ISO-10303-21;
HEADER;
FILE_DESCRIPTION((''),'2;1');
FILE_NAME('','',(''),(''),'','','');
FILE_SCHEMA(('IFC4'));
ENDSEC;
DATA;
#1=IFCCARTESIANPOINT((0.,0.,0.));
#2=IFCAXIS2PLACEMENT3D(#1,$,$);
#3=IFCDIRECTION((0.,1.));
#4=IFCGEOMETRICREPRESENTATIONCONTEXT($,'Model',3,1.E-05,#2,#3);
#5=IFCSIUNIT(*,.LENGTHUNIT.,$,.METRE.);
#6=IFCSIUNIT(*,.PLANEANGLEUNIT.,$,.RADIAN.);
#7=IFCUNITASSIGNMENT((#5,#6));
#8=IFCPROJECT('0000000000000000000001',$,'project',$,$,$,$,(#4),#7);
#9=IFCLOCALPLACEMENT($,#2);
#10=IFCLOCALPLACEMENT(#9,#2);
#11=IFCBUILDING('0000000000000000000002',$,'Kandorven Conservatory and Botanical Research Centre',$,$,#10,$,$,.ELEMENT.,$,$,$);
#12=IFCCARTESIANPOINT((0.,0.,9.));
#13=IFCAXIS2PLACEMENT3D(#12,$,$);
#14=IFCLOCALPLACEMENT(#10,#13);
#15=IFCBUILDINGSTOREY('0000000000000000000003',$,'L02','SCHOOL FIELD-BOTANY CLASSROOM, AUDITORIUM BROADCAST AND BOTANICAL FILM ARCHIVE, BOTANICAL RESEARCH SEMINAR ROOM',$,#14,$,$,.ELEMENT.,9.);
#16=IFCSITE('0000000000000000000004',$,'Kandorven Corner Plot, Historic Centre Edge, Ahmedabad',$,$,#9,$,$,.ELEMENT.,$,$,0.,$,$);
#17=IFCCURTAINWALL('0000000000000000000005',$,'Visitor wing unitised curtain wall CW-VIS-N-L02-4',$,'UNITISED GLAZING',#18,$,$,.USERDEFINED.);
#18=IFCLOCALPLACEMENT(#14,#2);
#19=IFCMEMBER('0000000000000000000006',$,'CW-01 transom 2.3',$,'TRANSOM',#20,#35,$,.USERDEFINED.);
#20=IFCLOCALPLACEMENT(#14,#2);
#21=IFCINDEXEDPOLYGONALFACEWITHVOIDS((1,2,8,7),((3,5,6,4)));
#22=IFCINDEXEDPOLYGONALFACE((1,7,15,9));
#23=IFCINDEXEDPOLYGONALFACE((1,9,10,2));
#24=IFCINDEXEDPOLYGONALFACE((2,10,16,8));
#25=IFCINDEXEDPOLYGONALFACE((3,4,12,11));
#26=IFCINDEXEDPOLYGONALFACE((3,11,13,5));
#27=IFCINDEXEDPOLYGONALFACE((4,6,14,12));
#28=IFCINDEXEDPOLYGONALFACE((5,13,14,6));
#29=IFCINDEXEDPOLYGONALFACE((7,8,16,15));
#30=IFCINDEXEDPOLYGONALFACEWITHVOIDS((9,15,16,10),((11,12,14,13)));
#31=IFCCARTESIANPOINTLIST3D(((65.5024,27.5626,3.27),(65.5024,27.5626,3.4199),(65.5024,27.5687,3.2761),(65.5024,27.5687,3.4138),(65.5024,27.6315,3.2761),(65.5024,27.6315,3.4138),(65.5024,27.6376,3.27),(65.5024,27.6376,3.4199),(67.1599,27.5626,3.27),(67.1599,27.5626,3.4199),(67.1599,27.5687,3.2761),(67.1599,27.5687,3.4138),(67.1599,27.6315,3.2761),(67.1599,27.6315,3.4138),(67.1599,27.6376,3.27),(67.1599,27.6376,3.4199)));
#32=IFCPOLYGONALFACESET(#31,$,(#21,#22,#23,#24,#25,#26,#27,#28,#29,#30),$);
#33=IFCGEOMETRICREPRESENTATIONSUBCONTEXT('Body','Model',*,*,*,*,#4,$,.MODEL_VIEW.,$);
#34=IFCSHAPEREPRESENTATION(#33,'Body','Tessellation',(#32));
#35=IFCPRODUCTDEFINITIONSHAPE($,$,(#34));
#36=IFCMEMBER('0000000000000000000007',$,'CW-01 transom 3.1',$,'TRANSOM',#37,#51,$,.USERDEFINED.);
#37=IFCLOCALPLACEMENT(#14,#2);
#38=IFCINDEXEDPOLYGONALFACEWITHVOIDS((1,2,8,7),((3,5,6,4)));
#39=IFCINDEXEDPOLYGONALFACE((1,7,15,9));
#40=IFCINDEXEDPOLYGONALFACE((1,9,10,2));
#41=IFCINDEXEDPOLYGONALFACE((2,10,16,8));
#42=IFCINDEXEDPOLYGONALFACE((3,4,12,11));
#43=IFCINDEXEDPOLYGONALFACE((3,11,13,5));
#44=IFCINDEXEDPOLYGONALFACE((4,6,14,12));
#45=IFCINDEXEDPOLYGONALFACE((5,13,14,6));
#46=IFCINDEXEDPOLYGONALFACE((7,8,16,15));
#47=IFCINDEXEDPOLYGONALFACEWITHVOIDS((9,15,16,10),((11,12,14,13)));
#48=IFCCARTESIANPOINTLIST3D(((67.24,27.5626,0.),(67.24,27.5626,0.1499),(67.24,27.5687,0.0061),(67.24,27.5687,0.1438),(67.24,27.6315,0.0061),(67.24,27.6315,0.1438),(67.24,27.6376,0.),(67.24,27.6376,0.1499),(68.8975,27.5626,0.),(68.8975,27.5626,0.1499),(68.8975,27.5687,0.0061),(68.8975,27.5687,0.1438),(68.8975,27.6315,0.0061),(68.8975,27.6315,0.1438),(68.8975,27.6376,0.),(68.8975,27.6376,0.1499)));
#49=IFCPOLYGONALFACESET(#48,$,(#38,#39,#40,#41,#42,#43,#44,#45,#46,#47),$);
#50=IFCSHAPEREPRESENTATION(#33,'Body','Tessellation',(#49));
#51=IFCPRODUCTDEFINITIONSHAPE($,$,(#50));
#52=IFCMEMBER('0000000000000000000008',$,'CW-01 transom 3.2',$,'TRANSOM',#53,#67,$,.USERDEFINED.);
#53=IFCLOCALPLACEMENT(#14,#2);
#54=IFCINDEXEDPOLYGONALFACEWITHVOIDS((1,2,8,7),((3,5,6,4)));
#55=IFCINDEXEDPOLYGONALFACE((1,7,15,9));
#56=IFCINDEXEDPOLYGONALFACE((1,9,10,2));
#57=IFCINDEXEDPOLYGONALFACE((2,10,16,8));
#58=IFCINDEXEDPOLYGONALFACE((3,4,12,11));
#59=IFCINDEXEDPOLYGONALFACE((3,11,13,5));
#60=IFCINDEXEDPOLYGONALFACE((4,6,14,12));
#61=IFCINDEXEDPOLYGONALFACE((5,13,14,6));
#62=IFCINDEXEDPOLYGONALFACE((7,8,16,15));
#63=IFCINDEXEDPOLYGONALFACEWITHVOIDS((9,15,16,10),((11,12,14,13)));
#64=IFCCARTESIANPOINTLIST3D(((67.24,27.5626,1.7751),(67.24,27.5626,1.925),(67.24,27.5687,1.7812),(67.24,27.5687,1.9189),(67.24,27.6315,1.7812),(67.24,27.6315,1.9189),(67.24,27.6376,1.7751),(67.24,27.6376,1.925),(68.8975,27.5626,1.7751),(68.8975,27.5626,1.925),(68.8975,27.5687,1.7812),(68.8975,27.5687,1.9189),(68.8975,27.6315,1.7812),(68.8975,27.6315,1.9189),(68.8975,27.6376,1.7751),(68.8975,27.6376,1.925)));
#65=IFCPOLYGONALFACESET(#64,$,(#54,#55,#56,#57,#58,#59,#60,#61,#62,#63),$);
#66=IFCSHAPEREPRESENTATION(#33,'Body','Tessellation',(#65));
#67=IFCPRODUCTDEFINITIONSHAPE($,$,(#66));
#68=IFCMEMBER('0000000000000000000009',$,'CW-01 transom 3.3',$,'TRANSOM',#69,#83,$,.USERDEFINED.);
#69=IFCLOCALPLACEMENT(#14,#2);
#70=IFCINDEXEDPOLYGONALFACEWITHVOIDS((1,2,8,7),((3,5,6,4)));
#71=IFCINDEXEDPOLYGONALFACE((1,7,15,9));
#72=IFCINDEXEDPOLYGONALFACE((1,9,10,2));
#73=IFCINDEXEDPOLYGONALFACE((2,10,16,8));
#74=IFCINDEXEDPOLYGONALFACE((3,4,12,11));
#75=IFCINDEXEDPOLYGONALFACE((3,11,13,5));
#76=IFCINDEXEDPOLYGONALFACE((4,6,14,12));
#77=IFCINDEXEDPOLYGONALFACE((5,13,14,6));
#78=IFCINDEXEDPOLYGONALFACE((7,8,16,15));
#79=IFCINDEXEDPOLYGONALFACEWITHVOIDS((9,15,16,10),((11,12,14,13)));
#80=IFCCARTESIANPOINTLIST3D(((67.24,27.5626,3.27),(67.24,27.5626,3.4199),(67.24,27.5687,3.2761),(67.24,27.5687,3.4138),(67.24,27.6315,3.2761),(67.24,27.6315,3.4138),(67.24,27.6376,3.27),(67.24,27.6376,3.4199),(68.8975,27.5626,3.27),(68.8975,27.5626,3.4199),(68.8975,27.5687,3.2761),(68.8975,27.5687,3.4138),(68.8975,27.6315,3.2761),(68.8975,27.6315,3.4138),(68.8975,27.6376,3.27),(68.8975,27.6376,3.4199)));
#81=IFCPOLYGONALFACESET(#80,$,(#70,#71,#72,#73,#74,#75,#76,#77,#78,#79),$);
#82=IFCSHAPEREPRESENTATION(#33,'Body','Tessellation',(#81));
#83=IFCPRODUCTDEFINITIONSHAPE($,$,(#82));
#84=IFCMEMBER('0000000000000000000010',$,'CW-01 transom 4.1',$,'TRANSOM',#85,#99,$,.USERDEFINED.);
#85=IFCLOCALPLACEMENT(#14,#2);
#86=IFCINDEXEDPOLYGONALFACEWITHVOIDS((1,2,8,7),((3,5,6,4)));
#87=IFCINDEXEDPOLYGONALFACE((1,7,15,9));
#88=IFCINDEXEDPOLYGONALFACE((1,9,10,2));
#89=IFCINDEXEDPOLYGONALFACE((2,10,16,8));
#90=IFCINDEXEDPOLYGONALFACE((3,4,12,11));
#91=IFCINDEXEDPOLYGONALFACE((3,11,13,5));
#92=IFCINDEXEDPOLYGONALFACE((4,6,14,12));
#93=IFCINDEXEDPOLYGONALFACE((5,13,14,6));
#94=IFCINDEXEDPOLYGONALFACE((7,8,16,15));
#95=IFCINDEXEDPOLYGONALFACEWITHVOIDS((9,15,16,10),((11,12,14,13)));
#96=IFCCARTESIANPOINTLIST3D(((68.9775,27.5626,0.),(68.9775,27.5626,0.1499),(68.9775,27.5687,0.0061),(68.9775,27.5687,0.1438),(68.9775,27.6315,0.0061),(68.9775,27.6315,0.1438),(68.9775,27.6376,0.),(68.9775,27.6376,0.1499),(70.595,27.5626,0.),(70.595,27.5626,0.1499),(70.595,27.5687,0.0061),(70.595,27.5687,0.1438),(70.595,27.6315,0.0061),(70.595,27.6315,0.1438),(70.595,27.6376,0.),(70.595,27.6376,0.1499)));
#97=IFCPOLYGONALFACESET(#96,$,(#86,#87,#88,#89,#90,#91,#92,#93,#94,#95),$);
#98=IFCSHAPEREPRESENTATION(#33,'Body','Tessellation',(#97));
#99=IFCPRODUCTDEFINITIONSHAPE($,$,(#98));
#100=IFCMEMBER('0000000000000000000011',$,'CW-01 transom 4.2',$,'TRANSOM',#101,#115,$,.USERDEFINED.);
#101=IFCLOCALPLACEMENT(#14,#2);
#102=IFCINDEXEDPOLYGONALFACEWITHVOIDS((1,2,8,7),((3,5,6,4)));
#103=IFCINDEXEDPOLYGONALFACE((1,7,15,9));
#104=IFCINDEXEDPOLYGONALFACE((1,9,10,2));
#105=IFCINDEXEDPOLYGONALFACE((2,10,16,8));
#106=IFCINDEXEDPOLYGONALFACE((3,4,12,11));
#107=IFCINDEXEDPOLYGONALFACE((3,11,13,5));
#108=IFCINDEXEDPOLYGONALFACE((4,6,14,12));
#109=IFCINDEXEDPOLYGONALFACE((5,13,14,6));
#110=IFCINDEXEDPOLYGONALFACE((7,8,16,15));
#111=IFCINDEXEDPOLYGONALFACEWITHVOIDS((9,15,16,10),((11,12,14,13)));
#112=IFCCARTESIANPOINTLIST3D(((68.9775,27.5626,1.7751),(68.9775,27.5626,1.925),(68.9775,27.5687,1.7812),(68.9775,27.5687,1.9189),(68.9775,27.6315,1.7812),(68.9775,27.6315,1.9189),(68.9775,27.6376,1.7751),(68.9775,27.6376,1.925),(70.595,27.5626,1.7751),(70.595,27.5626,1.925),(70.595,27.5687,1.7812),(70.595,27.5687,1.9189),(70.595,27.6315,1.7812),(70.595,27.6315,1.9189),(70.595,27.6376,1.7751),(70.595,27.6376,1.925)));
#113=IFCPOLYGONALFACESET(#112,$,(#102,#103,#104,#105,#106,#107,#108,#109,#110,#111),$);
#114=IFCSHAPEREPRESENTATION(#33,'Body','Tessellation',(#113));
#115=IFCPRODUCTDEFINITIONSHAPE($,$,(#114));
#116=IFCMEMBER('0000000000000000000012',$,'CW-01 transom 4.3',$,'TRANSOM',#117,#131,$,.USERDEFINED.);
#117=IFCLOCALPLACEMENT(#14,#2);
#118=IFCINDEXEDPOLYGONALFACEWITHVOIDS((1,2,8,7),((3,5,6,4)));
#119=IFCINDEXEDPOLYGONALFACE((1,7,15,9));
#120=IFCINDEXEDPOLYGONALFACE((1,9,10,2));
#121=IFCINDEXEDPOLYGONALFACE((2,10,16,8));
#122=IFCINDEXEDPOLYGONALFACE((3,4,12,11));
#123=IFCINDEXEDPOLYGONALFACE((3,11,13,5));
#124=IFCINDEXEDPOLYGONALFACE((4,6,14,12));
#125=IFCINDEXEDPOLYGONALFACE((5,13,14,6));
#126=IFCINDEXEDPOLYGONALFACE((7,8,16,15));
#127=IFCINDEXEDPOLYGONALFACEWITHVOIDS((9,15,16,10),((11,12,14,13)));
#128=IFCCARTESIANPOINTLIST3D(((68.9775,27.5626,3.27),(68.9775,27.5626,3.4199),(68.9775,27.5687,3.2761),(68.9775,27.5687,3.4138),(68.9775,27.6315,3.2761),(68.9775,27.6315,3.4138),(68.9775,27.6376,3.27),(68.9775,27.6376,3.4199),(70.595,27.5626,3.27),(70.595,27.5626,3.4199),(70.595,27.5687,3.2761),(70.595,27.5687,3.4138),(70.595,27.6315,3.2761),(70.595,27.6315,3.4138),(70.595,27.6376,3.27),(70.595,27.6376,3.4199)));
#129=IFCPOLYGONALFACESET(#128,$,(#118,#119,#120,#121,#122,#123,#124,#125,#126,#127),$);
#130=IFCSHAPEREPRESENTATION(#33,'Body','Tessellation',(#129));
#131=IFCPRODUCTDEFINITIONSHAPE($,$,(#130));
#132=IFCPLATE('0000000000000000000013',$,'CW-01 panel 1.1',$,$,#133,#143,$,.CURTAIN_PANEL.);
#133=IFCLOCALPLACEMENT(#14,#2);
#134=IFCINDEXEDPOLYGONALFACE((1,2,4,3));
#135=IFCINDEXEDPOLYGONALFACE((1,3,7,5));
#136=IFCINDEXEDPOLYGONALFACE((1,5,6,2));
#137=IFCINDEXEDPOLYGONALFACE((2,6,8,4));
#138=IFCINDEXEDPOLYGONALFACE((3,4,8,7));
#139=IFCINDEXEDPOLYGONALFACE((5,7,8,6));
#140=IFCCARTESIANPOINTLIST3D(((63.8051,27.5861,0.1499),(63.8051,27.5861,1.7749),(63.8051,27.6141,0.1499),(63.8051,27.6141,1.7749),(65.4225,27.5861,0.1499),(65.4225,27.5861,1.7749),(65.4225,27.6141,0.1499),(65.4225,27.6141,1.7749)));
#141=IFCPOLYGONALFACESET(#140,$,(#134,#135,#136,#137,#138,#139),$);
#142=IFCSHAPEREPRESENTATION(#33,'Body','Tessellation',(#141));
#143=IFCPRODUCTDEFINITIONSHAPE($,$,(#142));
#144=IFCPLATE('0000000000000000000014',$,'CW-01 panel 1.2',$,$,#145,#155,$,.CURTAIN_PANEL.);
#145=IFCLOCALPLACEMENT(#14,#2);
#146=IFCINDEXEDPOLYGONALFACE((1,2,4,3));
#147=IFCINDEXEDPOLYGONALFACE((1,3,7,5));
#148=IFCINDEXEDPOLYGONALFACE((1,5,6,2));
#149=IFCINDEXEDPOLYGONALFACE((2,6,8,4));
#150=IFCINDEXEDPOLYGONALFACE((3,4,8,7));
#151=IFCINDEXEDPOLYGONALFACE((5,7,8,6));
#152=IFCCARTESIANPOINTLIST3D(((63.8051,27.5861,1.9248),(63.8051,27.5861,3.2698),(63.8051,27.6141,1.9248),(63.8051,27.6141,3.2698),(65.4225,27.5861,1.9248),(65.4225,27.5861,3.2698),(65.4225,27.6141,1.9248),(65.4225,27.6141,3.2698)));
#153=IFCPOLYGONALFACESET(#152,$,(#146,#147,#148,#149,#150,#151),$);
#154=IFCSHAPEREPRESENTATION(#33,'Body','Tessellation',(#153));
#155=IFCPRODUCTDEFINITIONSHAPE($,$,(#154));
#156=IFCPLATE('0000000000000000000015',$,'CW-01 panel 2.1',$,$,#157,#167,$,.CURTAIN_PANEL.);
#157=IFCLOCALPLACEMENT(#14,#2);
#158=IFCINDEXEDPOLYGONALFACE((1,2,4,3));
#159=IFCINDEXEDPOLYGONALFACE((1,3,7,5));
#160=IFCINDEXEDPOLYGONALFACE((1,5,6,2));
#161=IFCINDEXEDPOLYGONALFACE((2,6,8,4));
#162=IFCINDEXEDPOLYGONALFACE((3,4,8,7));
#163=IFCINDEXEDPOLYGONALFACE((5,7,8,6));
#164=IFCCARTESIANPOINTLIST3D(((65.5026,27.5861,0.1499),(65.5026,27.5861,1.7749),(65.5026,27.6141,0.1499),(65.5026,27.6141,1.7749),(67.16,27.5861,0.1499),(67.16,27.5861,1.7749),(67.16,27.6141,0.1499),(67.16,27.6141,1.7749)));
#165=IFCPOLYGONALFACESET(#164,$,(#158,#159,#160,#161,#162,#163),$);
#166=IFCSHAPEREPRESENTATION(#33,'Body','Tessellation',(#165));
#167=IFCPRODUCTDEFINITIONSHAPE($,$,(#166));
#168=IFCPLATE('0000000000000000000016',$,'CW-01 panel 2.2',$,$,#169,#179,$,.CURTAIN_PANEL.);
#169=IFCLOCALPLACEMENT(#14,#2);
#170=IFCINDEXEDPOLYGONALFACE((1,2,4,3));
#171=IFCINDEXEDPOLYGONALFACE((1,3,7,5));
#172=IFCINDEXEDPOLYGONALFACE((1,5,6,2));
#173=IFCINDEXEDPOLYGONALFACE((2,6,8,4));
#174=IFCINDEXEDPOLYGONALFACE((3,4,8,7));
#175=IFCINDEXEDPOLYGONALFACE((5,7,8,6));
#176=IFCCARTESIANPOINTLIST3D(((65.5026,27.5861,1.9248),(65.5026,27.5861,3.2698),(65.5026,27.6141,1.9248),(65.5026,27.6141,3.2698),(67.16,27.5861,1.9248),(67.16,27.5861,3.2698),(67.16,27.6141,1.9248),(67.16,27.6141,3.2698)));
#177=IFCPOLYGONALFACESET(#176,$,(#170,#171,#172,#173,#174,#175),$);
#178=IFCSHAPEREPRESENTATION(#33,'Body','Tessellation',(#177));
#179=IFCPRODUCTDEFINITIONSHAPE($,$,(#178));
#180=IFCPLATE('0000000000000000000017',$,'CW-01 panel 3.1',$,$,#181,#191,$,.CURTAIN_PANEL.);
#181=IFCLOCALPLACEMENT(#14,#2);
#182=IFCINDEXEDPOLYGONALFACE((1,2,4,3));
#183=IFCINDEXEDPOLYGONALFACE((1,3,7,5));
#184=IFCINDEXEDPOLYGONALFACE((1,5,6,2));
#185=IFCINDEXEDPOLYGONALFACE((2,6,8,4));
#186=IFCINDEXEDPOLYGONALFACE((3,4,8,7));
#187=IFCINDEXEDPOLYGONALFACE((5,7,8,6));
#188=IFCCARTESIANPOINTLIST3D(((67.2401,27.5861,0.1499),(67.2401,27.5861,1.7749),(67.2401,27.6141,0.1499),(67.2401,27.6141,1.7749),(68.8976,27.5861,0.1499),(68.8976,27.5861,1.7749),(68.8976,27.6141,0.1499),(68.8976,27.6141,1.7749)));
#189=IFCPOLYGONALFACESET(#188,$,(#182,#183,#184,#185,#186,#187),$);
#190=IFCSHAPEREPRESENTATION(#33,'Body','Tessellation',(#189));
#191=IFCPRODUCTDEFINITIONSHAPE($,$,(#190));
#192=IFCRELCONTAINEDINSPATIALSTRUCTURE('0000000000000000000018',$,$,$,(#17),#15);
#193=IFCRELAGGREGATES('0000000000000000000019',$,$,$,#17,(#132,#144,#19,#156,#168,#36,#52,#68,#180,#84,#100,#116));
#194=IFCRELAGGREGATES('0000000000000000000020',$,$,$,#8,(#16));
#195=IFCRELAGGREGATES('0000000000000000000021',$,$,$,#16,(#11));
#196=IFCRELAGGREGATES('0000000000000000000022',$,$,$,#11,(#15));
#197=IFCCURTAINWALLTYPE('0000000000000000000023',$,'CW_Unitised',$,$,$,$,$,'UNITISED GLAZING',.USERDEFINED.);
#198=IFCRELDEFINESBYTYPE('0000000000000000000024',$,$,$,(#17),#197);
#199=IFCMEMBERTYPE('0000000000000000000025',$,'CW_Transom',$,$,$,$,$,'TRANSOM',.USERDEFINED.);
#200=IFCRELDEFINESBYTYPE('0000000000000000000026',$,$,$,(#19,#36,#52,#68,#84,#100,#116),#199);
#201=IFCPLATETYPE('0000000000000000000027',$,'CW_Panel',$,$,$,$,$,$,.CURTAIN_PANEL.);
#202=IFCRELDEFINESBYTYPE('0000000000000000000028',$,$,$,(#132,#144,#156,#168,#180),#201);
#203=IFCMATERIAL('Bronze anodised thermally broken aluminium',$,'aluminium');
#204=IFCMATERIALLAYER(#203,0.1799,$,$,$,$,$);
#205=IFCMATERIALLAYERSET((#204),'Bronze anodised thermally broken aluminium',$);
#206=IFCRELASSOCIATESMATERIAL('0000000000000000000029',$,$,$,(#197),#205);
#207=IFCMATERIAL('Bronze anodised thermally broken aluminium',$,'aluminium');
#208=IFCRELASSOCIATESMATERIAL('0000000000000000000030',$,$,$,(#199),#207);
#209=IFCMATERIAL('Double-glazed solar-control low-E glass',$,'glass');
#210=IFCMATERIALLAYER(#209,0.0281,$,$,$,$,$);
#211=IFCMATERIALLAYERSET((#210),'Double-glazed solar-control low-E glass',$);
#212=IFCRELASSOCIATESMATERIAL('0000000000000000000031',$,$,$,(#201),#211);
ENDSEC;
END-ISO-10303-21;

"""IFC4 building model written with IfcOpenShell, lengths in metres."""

from ifc_helpers import new_model, si_unit, direction, frame, origin, origin_2d, place, context, subcontext, project, spatial, rectangle, hollow_rectangle, extrude, material, layer, layer_set, material_profile, profile_set, type_object, element, aggregate, save


model = new_model("IFC4")

# Units and contexts
model_context = context("Model", 3, precision=1e-05, world=origin(), true_north=direction((0.0, 1.0)))
body_context = subcontext(model_context, "Body", "Model", "MODEL_VIEW")
ifc_project = project(units=[si_unit("LENGTHUNIT", "METRE"), si_unit("PLANEANGLEUNIT", "RADIAN")], contexts=[model_context])

# Site, building, storey
site_placement = place(None, origin())
site = spatial("IfcSite", under=ifc_project, at=site_placement, Name="Kandorven Corner Plot, Historic Centre Edge, Ahmedabad", CompositionType="ELEMENT", RefElevation=0.0)
building_placement = place(site_placement, origin())
building = spatial("IfcBuilding", under=site, at=building_placement, Name="Kandorven Conservatory and Botanical Research Centre", CompositionType="ELEMENT")
storey_placement = place(building_placement, frame((0.0, 0.0, 9.0)))
storey = spatial("IfcBuildingStorey", under=building, at=storey_placement, Name="L02", Description="SCHOOL FIELD-BOTANY CLASSROOM, AUDITORIUM BROADCAST AND BOTANICAL FILM ARCHIVE, BOTANICAL RESEARCH SEMINAR ROOM", CompositionType="ELEMENT", Elevation=9.0)

# Curtain wall, members, plates
ifc_material_1 = material(Name="Bronze anodised thermally broken aluminium", Category="aluminium")
ifc_layer_1 = layer(ifc_material_1, 0.1799)
ifc_layer_set_1 = layer_set([ifc_layer_1], Name="Bronze anodised thermally broken aluminium")
curtain_wall_type = type_object("IfcCurtainWallType", Name="CW_Unitised", ElementType="UNITISED GLAZING", PredefinedType="USERDEFINED", material=ifc_layer_set_1)
curtain_wall_placement = place(storey_placement, origin())
curtain_wall = element("IfcCurtainWall", 1, at=curtain_wall_placement, inside=storey, type_object=curtain_wall_type, Name="Visitor wing unitised curtain wall CW-VIS-N-L02-4", ObjectType="UNITISED GLAZING", PredefinedType="USERDEFINED")
ifc_material_2 = material(Name="Bronze anodised thermally broken aluminium", Category="aluminium")
ifc_material_profile_1 = material_profile(ifc_material_2, hollow_rectangle(XDim=0.075, YDim=0.1499, WallThickness=0.0061, at=origin_2d()))
ifc_profile_set_1 = profile_set([ifc_material_profile_1], Name="Bronze anodised thermally broken aluminium")
member_type_1 = type_object("IfcMemberType", Name="CW_Transom", ElementType="TRANSOM", PredefinedType="USERDEFINED", material=ifc_profile_set_1)
member_1_placement = place(storey_placement, frame((65.5024, 27.6001, 3.345), z_axis=(1.0, 0.0, 0.0), x_axis=(0.0, 1.0, 0.0)))
member_1 = element("IfcMember", 2, at=member_1_placement, type_object=member_type_1, Name="CW-01 transom 2.3", ObjectType="TRANSOM", PredefinedType="USERDEFINED", context=body_context, shape_type="SweptSolid", body=[
    extrude(hollow_rectangle(XDim=0.075, YDim=0.1499, WallThickness=0.0061, at=origin_2d()), origin(), (0.0, 0.0, 1.0), 1.6575),
])
member_2_placement = place(storey_placement, frame((67.24, 27.6001, 0.075), z_axis=(1.0, 0.0, 0.0), x_axis=(0.0, 1.0, 0.0)))
member_2 = element("IfcMember", 3, at=member_2_placement, type_object=member_type_1, Name="CW-01 transom 3.1", ObjectType="TRANSOM", PredefinedType="USERDEFINED", context=body_context, shape_type="SweptSolid", body=[
    extrude(hollow_rectangle(XDim=0.075, YDim=0.1499, WallThickness=0.0061, at=origin_2d()), origin(), (0.0, 0.0, 1.0), 1.6575),
])
member_3_placement = place(storey_placement, frame((67.24, 27.6001, 1.8501), z_axis=(1.0, 0.0, 0.0), x_axis=(0.0, 1.0, 0.0)))
member_3 = element("IfcMember", 4, at=member_3_placement, type_object=member_type_1, Name="CW-01 transom 3.2", ObjectType="TRANSOM", PredefinedType="USERDEFINED", context=body_context, shape_type="SweptSolid", body=[
    extrude(hollow_rectangle(XDim=0.075, YDim=0.1499, WallThickness=0.0061, at=origin_2d()), origin(), (0.0, 0.0, 1.0), 1.6575),
])
member_4_placement = place(storey_placement, frame((67.24, 27.6001, 3.345), z_axis=(1.0, 0.0, 0.0), x_axis=(0.0, 1.0, 0.0)))
member_4 = element("IfcMember", 5, at=member_4_placement, type_object=member_type_1, Name="CW-01 transom 3.3", ObjectType="TRANSOM", PredefinedType="USERDEFINED", context=body_context, shape_type="SweptSolid", body=[
    extrude(hollow_rectangle(XDim=0.075, YDim=0.1499, WallThickness=0.0061, at=origin_2d()), origin(), (0.0, 0.0, 1.0), 1.6575),
])
member_5_placement = place(storey_placement, frame((68.9775, 27.6001, 0.075), z_axis=(1.0, 0.0, 0.0), x_axis=(0.0, 1.0, 0.0)))
member_5 = element("IfcMember", 6, at=member_5_placement, type_object=member_type_1, Name="CW-01 transom 4.1", ObjectType="TRANSOM", PredefinedType="USERDEFINED", context=body_context, shape_type="SweptSolid", body=[
    extrude(hollow_rectangle(XDim=0.075, YDim=0.1499, WallThickness=0.0061, at=origin_2d()), origin(), (0.0, 0.0, 1.0), 1.6174),
])
member_6_placement = place(storey_placement, frame((68.9775, 27.6001, 1.8501), z_axis=(1.0, 0.0, 0.0), x_axis=(0.0, 1.0, 0.0)))
member_6 = element("IfcMember", 7, at=member_6_placement, type_object=member_type_1, Name="CW-01 transom 4.2", ObjectType="TRANSOM", PredefinedType="USERDEFINED", context=body_context, shape_type="SweptSolid", body=[
    extrude(hollow_rectangle(XDim=0.075, YDim=0.1499, WallThickness=0.0061, at=origin_2d()), origin(), (0.0, 0.0, 1.0), 1.6174),
])
member_7_placement = place(storey_placement, frame((68.9775, 27.6001, 3.345), z_axis=(1.0, 0.0, 0.0), x_axis=(0.0, 1.0, 0.0)))
member_7 = element("IfcMember", 8, at=member_7_placement, type_object=member_type_1, Name="CW-01 transom 4.3", ObjectType="TRANSOM", PredefinedType="USERDEFINED", context=body_context, shape_type="SweptSolid", body=[
    extrude(hollow_rectangle(XDim=0.075, YDim=0.1499, WallThickness=0.0061, at=origin_2d()), origin(), (0.0, 0.0, 1.0), 1.6174),
])
ifc_material_3 = material(Name="Double-glazed solar-control low-E glass", Category="glass")
ifc_layer_2 = layer(ifc_material_3, 0.0281)
ifc_layer_set_2 = layer_set([ifc_layer_2], Name="Double-glazed solar-control low-E glass")
plate_type = type_object("IfcPlateType", Name="CW_Panel", PredefinedType="CURTAIN_PANEL", material=ifc_layer_set_2)
plate_1_placement = place(storey_placement, frame((64.6138, 27.6001, 0.1499), z_axis=(0.0, 0.0, 1.0), x_axis=(1.0, 0.0, 0.0)))
plate_1 = element("IfcPlate", 9, at=plate_1_placement, type_object=plate_type, Name="CW-01 panel 1.1", PredefinedType="CURTAIN_PANEL", context=body_context, shape_type="SweptSolid", body=[
    extrude(rectangle(XDim=1.6174, YDim=0.0281, at=origin_2d()), origin(), (0.0, 0.0, 1.0), 1.625),
])
plate_2_placement = place(storey_placement, frame((64.6138, 27.6001, 1.9248), z_axis=(0.0, 0.0, 1.0), x_axis=(1.0, 0.0, 0.0)))
plate_2 = element("IfcPlate", 10, at=plate_2_placement, type_object=plate_type, Name="CW-01 panel 1.2", PredefinedType="CURTAIN_PANEL", context=body_context, shape_type="SweptSolid", body=[
    extrude(rectangle(XDim=1.6174, YDim=0.0281, at=origin_2d()), origin(), (0.0, 0.0, 1.0), 1.345),
])
plate_3_placement = place(storey_placement, frame((66.3313, 27.6001, 0.1499), z_axis=(0.0, 0.0, 1.0), x_axis=(1.0, 0.0, 0.0)))
plate_3 = element("IfcPlate", 11, at=plate_3_placement, type_object=plate_type, Name="CW-01 panel 2.1", PredefinedType="CURTAIN_PANEL", context=body_context, shape_type="SweptSolid", body=[
    extrude(rectangle(XDim=1.6575, YDim=0.0281, at=origin_2d()), origin(), (0.0, 0.0, 1.0), 1.625),
])
plate_4_placement = place(storey_placement, frame((66.3313, 27.6001, 1.9248), z_axis=(0.0, 0.0, 1.0), x_axis=(1.0, 0.0, 0.0)))
plate_4 = element("IfcPlate", 12, at=plate_4_placement, type_object=plate_type, Name="CW-01 panel 2.2", PredefinedType="CURTAIN_PANEL", context=body_context, shape_type="SweptSolid", body=[
    extrude(rectangle(XDim=1.6575, YDim=0.0281, at=origin_2d()), origin(), (0.0, 0.0, 1.0), 1.345),
])
plate_5_placement = place(storey_placement, frame((68.0688, 27.6001, 0.1499), z_axis=(0.0, 0.0, 1.0), x_axis=(1.0, 0.0, 0.0)))
plate_5 = element("IfcPlate", 13, at=plate_5_placement, type_object=plate_type, Name="CW-01 panel 3.1", PredefinedType="CURTAIN_PANEL", context=body_context, shape_type="SweptSolid", body=[
    extrude(rectangle(XDim=1.6575, YDim=0.0281, at=origin_2d()), origin(), (0.0, 0.0, 1.0), 1.625),
])
aggregate(curtain_wall, [plate_1, plate_2, member_1, plate_3, plate_4, member_2, member_3, member_4, plate_5, member_5, member_6, member_7])

save(model, "model.ifc")
